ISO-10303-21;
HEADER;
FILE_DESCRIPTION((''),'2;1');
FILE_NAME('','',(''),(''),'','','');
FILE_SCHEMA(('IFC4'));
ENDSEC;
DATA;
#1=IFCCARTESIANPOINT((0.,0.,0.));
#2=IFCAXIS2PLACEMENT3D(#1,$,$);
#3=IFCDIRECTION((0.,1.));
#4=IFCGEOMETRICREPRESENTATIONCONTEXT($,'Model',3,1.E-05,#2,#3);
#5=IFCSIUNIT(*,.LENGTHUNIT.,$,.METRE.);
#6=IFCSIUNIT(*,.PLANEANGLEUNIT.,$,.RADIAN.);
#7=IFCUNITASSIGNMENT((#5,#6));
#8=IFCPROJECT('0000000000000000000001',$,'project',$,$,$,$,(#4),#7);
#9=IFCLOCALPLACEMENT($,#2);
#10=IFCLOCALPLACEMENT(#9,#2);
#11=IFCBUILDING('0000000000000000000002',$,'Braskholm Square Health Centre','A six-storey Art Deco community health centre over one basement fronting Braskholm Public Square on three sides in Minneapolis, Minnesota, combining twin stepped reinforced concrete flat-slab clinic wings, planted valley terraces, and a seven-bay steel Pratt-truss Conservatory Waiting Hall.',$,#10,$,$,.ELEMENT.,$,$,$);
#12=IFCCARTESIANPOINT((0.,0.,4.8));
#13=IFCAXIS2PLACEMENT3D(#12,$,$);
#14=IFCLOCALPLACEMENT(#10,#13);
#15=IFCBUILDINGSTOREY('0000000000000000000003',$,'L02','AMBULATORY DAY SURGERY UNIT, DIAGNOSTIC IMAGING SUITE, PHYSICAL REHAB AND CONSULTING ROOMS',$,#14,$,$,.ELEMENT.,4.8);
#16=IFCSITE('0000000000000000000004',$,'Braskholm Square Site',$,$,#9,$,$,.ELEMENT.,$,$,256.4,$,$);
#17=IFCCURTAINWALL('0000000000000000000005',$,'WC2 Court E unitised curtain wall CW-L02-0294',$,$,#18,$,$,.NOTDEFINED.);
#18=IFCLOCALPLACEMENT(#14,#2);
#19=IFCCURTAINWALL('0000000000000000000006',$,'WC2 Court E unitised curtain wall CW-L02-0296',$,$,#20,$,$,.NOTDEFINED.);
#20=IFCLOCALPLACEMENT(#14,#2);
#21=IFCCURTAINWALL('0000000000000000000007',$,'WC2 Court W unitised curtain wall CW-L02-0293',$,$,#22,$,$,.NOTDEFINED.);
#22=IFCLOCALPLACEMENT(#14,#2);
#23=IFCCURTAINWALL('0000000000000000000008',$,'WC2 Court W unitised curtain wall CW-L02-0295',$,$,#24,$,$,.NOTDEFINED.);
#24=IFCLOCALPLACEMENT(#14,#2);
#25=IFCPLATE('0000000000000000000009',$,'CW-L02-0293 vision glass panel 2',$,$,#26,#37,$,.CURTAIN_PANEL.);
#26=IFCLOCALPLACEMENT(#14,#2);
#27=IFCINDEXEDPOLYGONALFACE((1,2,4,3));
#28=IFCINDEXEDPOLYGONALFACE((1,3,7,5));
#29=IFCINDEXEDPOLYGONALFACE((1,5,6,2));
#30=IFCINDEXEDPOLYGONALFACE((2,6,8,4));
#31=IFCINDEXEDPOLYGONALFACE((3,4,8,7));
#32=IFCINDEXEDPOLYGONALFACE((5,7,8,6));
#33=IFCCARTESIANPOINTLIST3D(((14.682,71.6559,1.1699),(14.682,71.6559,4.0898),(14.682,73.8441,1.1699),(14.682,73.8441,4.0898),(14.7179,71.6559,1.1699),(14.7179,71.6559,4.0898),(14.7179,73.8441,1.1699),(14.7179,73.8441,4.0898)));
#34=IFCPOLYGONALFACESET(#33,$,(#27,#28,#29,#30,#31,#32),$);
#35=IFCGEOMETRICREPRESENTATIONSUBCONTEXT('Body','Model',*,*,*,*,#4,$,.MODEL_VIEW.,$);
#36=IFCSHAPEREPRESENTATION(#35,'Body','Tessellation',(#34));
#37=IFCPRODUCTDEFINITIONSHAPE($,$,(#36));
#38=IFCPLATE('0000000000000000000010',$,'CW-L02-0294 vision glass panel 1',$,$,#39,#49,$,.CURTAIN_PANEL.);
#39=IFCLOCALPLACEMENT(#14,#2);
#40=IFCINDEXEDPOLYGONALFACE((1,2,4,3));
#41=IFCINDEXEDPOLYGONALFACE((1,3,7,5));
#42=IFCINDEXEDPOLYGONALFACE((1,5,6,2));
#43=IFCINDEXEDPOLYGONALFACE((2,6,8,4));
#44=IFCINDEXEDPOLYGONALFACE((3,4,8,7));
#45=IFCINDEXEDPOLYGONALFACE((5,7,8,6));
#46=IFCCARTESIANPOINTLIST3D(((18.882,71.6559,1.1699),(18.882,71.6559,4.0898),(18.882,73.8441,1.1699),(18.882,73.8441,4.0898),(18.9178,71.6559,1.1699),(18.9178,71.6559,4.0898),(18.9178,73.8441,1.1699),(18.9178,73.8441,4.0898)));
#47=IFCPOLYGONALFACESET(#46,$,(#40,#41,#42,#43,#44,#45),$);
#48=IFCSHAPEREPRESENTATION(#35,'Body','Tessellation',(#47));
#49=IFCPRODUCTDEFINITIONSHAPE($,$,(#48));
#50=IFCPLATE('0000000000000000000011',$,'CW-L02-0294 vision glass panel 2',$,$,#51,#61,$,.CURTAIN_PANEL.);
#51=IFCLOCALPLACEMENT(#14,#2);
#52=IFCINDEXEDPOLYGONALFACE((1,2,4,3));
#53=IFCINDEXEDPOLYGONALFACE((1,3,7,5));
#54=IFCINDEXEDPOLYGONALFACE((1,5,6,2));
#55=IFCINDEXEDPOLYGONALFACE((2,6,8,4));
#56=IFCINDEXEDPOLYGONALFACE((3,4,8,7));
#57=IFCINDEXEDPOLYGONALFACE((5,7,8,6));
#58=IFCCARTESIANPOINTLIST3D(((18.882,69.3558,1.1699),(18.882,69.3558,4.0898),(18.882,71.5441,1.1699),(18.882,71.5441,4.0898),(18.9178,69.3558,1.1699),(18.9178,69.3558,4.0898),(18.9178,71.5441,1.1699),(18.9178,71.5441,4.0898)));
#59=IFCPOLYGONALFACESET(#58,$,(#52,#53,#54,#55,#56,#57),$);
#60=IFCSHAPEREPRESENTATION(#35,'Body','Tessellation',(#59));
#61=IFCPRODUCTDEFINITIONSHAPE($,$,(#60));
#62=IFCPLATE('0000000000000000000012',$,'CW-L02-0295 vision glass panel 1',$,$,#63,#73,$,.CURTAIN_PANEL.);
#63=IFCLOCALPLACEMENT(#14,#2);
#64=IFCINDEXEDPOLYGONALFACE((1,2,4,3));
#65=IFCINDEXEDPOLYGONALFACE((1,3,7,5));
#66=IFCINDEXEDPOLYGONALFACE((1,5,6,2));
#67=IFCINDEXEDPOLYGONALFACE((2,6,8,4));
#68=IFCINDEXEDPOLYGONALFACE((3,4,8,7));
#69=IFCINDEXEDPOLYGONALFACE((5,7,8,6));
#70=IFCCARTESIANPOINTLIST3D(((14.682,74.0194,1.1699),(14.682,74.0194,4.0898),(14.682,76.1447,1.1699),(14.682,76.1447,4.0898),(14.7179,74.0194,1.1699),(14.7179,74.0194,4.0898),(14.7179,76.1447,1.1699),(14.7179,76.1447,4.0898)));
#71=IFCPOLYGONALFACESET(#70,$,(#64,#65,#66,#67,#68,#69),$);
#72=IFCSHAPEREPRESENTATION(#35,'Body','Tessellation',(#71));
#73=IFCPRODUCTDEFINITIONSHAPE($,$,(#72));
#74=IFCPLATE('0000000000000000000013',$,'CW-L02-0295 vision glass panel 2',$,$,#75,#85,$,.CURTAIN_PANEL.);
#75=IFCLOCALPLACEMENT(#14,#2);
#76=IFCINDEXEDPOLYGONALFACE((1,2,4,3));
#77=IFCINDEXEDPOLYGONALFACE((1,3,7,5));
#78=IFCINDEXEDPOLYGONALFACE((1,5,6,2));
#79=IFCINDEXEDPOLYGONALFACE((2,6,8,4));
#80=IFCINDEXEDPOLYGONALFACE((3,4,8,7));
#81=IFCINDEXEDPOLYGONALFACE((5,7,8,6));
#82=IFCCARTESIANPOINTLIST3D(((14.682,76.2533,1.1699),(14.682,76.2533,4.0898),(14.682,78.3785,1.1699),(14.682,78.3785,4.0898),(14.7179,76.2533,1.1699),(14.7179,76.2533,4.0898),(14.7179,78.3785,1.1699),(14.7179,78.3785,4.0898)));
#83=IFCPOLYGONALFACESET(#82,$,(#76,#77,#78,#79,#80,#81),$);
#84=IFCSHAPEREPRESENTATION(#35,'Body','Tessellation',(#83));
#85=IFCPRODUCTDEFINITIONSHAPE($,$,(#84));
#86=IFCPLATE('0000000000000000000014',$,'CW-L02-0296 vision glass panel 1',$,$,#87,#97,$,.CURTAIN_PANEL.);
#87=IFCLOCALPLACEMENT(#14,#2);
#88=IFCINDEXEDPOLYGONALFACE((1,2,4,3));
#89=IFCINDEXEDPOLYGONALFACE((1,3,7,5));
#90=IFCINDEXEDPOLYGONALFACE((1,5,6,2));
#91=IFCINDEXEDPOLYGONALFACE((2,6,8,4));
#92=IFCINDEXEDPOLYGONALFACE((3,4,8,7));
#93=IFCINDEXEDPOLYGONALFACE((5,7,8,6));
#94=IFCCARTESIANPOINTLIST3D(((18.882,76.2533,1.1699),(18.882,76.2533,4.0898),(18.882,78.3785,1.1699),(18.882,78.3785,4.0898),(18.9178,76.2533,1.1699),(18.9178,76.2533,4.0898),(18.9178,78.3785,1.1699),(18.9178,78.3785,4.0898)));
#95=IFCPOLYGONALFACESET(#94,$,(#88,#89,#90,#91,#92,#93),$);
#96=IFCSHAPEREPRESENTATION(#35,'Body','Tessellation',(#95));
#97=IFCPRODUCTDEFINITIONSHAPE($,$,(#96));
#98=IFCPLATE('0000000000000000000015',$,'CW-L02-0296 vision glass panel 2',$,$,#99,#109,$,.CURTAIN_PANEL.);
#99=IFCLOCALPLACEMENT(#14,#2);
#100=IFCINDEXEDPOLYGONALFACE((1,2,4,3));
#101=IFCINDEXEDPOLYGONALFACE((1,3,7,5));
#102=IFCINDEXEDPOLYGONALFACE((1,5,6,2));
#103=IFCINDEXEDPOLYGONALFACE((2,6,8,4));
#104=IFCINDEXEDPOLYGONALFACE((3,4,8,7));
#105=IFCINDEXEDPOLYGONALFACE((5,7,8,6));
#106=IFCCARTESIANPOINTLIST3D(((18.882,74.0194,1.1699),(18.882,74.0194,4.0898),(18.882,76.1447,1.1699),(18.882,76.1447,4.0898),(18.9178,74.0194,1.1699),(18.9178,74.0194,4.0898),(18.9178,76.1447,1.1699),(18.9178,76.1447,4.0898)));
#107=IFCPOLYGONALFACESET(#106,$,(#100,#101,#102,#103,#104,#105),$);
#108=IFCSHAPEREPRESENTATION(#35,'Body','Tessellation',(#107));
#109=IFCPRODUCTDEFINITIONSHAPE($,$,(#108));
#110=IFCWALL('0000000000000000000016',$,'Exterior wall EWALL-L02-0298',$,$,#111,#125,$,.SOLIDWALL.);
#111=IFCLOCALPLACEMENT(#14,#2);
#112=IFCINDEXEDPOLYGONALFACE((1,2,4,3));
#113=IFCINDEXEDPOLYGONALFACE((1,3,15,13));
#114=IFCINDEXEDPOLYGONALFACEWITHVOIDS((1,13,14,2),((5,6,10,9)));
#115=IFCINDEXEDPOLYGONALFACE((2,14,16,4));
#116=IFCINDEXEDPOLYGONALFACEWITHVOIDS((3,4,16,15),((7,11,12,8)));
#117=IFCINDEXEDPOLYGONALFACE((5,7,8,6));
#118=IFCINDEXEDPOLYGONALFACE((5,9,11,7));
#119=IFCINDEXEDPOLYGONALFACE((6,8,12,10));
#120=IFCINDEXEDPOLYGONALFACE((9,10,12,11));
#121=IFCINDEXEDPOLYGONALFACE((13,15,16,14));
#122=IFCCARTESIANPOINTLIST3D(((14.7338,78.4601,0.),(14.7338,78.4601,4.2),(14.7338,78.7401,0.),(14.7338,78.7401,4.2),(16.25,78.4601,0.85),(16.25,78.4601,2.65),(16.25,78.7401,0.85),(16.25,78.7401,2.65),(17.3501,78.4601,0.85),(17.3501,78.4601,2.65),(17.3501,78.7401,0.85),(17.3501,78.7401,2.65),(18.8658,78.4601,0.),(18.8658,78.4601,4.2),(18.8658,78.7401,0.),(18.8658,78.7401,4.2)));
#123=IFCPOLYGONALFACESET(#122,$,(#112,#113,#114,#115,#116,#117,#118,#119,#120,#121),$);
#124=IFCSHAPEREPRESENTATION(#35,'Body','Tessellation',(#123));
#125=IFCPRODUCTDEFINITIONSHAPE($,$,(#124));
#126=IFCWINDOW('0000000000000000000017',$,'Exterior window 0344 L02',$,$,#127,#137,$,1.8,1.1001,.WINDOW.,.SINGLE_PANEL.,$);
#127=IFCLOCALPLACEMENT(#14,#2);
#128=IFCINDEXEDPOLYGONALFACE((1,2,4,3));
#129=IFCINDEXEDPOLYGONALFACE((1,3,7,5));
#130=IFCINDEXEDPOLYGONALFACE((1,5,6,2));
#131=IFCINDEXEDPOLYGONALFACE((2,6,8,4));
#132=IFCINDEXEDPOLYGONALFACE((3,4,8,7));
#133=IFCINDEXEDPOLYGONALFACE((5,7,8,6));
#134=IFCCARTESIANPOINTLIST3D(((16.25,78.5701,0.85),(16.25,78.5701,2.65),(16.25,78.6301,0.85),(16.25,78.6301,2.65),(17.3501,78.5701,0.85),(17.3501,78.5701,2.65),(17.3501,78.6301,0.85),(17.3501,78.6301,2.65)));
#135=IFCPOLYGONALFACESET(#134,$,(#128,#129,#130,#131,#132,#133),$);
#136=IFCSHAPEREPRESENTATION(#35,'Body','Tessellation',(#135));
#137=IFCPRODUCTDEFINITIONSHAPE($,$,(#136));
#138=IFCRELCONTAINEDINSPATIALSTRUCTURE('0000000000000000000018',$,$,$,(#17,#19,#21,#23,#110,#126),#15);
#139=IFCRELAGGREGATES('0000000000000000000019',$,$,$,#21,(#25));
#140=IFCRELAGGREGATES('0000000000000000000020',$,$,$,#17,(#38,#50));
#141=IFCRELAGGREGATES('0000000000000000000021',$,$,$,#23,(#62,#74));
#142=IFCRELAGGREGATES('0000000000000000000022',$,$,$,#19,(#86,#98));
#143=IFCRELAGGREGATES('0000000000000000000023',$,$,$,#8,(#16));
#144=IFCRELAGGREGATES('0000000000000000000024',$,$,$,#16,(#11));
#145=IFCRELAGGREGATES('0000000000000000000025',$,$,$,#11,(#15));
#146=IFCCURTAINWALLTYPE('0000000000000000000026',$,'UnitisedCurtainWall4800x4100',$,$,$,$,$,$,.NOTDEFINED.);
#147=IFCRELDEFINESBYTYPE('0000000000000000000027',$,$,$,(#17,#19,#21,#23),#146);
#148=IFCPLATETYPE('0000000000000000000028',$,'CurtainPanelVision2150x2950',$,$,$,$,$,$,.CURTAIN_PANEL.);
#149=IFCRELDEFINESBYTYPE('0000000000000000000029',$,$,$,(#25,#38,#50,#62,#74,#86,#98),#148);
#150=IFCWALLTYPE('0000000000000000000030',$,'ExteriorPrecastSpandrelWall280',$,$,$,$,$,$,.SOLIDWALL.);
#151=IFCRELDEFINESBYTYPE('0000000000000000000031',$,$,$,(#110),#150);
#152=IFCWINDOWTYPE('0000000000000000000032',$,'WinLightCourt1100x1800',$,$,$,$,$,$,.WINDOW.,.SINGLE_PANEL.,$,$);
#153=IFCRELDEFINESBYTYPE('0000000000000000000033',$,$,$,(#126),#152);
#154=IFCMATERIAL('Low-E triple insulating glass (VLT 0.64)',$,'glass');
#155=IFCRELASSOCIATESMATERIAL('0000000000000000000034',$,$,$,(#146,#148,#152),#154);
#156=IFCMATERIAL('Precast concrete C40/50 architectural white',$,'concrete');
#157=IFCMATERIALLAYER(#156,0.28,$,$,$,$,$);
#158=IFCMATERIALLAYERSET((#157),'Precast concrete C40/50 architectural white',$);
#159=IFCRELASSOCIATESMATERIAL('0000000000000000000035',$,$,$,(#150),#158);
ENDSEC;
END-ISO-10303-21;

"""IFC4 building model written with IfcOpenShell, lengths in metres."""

from ifc_helpers import new_model, si_unit, direction, frame, frame_2d, origin, origin_with_axes, origin_2d, place, context, subcontext, project, spatial, rectangle, extrude, material, layer, layer_set, type_object, element, fill, aggregate, save


model = new_model("IFC4")

# Units and contexts
model_context = context("Model", 3, precision=1e-05, world=origin(), true_north=direction((0.0, 1.0)))
body_context = subcontext(model_context, "Body", "Model", "MODEL_VIEW")
ifc_project = project(units=[si_unit("LENGTHUNIT", "METRE"), si_unit("PLANEANGLEUNIT", "RADIAN")], contexts=[model_context])

# Site, building, storey
site_placement = place(None, origin())
site = spatial("IfcSite", under=ifc_project, at=site_placement, Name="Braskholm Square Site", CompositionType="ELEMENT", RefElevation=256.4)
building_placement = place(site_placement, origin())
building = spatial("IfcBuilding", under=site, at=building_placement, Name="Braskholm Square Health Centre", Description="A six-storey Art Deco community health centre over one basement fronting Braskholm Public Square on three sides in Minneapolis, Minnesota, combining twin stepped reinforced concrete flat-slab clinic wings, planted valley terraces, and a seven-bay steel Pratt-truss Conservatory Waiting Hall.", CompositionType="ELEMENT")
storey_placement = place(building_placement, frame((0.0, 0.0, 4.8)))
storey = spatial("IfcBuildingStorey", under=building, at=storey_placement, Name="L02", Description="AMBULATORY DAY SURGERY UNIT, DIAGNOSTIC IMAGING SUITE, PHYSICAL REHAB AND CONSULTING ROOMS", CompositionType="ELEMENT", Elevation=4.8)

# Curtain walls
ifc_material_1 = material(Name="Low-E triple insulating glass (VLT 0.64)", Category="glass")
curtain_wall_type = type_object("IfcCurtainWallType", Name="UnitisedCurtainWall4800x4100", PredefinedType="NOTDEFINED", material=ifc_material_1)
curtain_wall_1_placement = place(storey_placement, origin())
curtain_wall_1 = element("IfcCurtainWall", 1, at=curtain_wall_1_placement, inside=storey, type_object=curtain_wall_type, Name="WC2 Court E unitised curtain wall CW-L02-0294", PredefinedType="NOTDEFINED")
curtain_wall_2_placement = place(storey_placement, origin())
curtain_wall_2 = element("IfcCurtainWall", 2, at=curtain_wall_2_placement, inside=storey, type_object=curtain_wall_type, Name="WC2 Court E unitised curtain wall CW-L02-0296", PredefinedType="NOTDEFINED")
curtain_wall_3_placement = place(storey_placement, origin())
curtain_wall_3 = element("IfcCurtainWall", 3, at=curtain_wall_3_placement, inside=storey, type_object=curtain_wall_type, Name="WC2 Court W unitised curtain wall CW-L02-0293", PredefinedType="NOTDEFINED")
curtain_wall_4_placement = place(storey_placement, origin())
curtain_wall_4 = element("IfcCurtainWall", 4, at=curtain_wall_4_placement, inside=storey, type_object=curtain_wall_type, Name="WC2 Court W unitised curtain wall CW-L02-0295", PredefinedType="NOTDEFINED")

# Plates
plate_type_1 = type_object("IfcPlateType", Name="CurtainPanelVision2150x2950", PredefinedType="CURTAIN_PANEL", material=ifc_material_1)
plate_1_placement = place(storey_placement, frame((14.7, 72.75, 1.1699), z_axis=(0.0, 0.0, 1.0), x_axis=(0.0, 1.0, 0.0)))
plate_1 = element("IfcPlate", 5, at=plate_1_placement, type_object=plate_type_1, Name="CW-L02-0293 vision glass panel 2", PredefinedType="CURTAIN_PANEL", context=body_context, shape_type="SweptSolid", body=[
    extrude(rectangle(XDim=2.1882, YDim=0.0359, at=origin_2d()), origin(), (0.0, 0.0, 1.0), 2.9199),
])
aggregate(curtain_wall_3, [plate_1])
plate_2_placement = place(storey_placement, frame((18.8999, 72.75, 1.1699), z_axis=(0.0, 0.0, 1.0), x_axis=(0.0, -1.0, 0.0)))
plate_2 = element("IfcPlate", 6, at=plate_2_placement, type_object=plate_type_1, Name="CW-L02-0294 vision glass panel 1", PredefinedType="CURTAIN_PANEL", context=body_context, shape_type="SweptSolid", body=[
    extrude(rectangle(XDim=2.1882, YDim=0.0359, at=origin_2d()), origin(), (0.0, 0.0, 1.0), 2.9199),
])
plate_3_placement = place(storey_placement, frame((18.8999, 70.45, 1.1699), z_axis=(0.0, 0.0, 1.0), x_axis=(0.0, -1.0, 0.0)))
plate_3 = element("IfcPlate", 7, at=plate_3_placement, type_object=plate_type_1, Name="CW-L02-0294 vision glass panel 2", PredefinedType="CURTAIN_PANEL", context=body_context, shape_type="SweptSolid", body=[
    extrude(rectangle(XDim=2.1882, YDim=0.0359, at=origin_2d()), origin(), (0.0, 0.0, 1.0), 2.9199),
])
aggregate(curtain_wall_1, [plate_2, plate_3])
plate_4_placement = place(storey_placement, frame((14.7, 75.082, 1.1699), z_axis=(0.0, 0.0, 1.0), x_axis=(0.0, 1.0, 0.0)))
plate_4 = element("IfcPlate", 8, at=plate_4_placement, type_object=plate_type_1, Name="CW-L02-0295 vision glass panel 1", PredefinedType="CURTAIN_PANEL", context=body_context, shape_type="SweptSolid", body=[
    extrude(rectangle(XDim=2.1252, YDim=0.0359, at=origin_2d()), origin(), (0.0, 0.0, 1.0), 2.9199),
])
plate_5_placement = place(storey_placement, frame((14.7, 77.3159, 1.1699), z_axis=(0.0, 0.0, 1.0), x_axis=(0.0, 1.0, 0.0)))
plate_5 = element("IfcPlate", 9, at=plate_5_placement, type_object=plate_type_1, Name="CW-L02-0295 vision glass panel 2", PredefinedType="CURTAIN_PANEL", context=body_context, shape_type="SweptSolid", body=[
    extrude(rectangle(XDim=2.1252, YDim=0.0359, at=origin_2d()), origin(), (0.0, 0.0, 1.0), 2.9199),
])
aggregate(curtain_wall_4, [plate_4, plate_5])
plate_6_placement = place(storey_placement, frame((18.8999, 77.3159, 1.1699), z_axis=(0.0, 0.0, 1.0), x_axis=(0.0, -1.0, 0.0)))
plate_6 = element("IfcPlate", 10, at=plate_6_placement, type_object=plate_type_1, Name="CW-L02-0296 vision glass panel 1", PredefinedType="CURTAIN_PANEL", context=body_context, shape_type="SweptSolid", body=[
    extrude(rectangle(XDim=2.1252, YDim=0.0359, at=origin_2d()), origin(), (0.0, 0.0, 1.0), 2.9199),
])
plate_7_placement = place(storey_placement, frame((18.8999, 75.082, 1.1699), z_axis=(0.0, 0.0, 1.0), x_axis=(0.0, -1.0, 0.0)))
plate_7 = element("IfcPlate", 11, at=plate_7_placement, type_object=plate_type_1, Name="CW-L02-0296 vision glass panel 2", PredefinedType="CURTAIN_PANEL", context=body_context, shape_type="SweptSolid", body=[
    extrude(rectangle(XDim=2.1252, YDim=0.0359, at=origin_2d()), origin(), (0.0, 0.0, 1.0), 2.9199),
])
aggregate(curtain_wall_2, [plate_6, plate_7])

# Wall, opening, window
ifc_material_2 = material(Name="Precast concrete C40/50 architectural white", Category="concrete")
ifc_layer = layer(ifc_material_2, 0.28)
ifc_layer_set = layer_set([ifc_layer], Name="Precast concrete C40/50 architectural white")
wall_type = type_object("IfcWallType", Name="ExteriorPrecastSpandrelWall280", PredefinedType="SOLIDWALL", material=ifc_layer_set)
wall_placement = place(storey_placement, frame((14.7339, 78.6001, 0.0), z_axis=(0.0, 0.0, 1.0), x_axis=(1.0, 0.0, 0.0)))
wall = element("IfcWall", 12, at=wall_placement, inside=storey, type_object=wall_type, Name="Exterior wall EWALL-L02-0298", PredefinedType="SOLIDWALL", context=body_context, shape_type="SweptSolid", body=[
    extrude(rectangle(XDim=4.1321, YDim=0.28, at=frame_2d((2.0659, 0.0))), origin(), (0.0, 0.0, 1.0), 4.2),
])
opening_placement = place(wall_placement, frame((1.5161, 0.0, 0.8501)))
opening = element("IfcOpeningElement", 13, at=opening_placement, cuts=wall, PredefinedType="OPENING", context=body_context, shape_type="SweptSolid", body=[
    extrude(rectangle(XDim=1.1001, YDim=1.8, at=frame_2d((0.55, 0.8999))), frame((0.0, 0.1499, 0.0), z_axis=(0.0, -1.0, 0.0), x_axis=(1.0, 0.0, 0.0)), (0.0, 0.0, 1.0), 0.3),
])
window_type = type_object("IfcWindowType", Name="WinLightCourt1100x1800", PartitioningType="SINGLE_PANEL", PredefinedType="WINDOW", material=ifc_material_1)
window_placement = place(opening_placement, origin_with_axes())
window = element("IfcWindow", 14, at=window_placement, inside=storey, type_object=window_type, Name="Exterior window 0344 L02", OverallHeight=1.8, OverallWidth=1.1001, PartitioningType="SINGLE_PANEL", PredefinedType="WINDOW", context=body_context, shape_type="SweptSolid", body=[
    extrude(rectangle(XDim=1.1001, YDim=1.8, at=frame_2d((0.55, 0.8999))), frame((0.0, 0.03, 0.0), z_axis=(0.0, -1.0, 0.0), x_axis=(1.0, 0.0, 0.0)), (0.0, 0.0, 1.0), 0.0601),
])
fill(opening, window)

save(model, "model.ifc")
